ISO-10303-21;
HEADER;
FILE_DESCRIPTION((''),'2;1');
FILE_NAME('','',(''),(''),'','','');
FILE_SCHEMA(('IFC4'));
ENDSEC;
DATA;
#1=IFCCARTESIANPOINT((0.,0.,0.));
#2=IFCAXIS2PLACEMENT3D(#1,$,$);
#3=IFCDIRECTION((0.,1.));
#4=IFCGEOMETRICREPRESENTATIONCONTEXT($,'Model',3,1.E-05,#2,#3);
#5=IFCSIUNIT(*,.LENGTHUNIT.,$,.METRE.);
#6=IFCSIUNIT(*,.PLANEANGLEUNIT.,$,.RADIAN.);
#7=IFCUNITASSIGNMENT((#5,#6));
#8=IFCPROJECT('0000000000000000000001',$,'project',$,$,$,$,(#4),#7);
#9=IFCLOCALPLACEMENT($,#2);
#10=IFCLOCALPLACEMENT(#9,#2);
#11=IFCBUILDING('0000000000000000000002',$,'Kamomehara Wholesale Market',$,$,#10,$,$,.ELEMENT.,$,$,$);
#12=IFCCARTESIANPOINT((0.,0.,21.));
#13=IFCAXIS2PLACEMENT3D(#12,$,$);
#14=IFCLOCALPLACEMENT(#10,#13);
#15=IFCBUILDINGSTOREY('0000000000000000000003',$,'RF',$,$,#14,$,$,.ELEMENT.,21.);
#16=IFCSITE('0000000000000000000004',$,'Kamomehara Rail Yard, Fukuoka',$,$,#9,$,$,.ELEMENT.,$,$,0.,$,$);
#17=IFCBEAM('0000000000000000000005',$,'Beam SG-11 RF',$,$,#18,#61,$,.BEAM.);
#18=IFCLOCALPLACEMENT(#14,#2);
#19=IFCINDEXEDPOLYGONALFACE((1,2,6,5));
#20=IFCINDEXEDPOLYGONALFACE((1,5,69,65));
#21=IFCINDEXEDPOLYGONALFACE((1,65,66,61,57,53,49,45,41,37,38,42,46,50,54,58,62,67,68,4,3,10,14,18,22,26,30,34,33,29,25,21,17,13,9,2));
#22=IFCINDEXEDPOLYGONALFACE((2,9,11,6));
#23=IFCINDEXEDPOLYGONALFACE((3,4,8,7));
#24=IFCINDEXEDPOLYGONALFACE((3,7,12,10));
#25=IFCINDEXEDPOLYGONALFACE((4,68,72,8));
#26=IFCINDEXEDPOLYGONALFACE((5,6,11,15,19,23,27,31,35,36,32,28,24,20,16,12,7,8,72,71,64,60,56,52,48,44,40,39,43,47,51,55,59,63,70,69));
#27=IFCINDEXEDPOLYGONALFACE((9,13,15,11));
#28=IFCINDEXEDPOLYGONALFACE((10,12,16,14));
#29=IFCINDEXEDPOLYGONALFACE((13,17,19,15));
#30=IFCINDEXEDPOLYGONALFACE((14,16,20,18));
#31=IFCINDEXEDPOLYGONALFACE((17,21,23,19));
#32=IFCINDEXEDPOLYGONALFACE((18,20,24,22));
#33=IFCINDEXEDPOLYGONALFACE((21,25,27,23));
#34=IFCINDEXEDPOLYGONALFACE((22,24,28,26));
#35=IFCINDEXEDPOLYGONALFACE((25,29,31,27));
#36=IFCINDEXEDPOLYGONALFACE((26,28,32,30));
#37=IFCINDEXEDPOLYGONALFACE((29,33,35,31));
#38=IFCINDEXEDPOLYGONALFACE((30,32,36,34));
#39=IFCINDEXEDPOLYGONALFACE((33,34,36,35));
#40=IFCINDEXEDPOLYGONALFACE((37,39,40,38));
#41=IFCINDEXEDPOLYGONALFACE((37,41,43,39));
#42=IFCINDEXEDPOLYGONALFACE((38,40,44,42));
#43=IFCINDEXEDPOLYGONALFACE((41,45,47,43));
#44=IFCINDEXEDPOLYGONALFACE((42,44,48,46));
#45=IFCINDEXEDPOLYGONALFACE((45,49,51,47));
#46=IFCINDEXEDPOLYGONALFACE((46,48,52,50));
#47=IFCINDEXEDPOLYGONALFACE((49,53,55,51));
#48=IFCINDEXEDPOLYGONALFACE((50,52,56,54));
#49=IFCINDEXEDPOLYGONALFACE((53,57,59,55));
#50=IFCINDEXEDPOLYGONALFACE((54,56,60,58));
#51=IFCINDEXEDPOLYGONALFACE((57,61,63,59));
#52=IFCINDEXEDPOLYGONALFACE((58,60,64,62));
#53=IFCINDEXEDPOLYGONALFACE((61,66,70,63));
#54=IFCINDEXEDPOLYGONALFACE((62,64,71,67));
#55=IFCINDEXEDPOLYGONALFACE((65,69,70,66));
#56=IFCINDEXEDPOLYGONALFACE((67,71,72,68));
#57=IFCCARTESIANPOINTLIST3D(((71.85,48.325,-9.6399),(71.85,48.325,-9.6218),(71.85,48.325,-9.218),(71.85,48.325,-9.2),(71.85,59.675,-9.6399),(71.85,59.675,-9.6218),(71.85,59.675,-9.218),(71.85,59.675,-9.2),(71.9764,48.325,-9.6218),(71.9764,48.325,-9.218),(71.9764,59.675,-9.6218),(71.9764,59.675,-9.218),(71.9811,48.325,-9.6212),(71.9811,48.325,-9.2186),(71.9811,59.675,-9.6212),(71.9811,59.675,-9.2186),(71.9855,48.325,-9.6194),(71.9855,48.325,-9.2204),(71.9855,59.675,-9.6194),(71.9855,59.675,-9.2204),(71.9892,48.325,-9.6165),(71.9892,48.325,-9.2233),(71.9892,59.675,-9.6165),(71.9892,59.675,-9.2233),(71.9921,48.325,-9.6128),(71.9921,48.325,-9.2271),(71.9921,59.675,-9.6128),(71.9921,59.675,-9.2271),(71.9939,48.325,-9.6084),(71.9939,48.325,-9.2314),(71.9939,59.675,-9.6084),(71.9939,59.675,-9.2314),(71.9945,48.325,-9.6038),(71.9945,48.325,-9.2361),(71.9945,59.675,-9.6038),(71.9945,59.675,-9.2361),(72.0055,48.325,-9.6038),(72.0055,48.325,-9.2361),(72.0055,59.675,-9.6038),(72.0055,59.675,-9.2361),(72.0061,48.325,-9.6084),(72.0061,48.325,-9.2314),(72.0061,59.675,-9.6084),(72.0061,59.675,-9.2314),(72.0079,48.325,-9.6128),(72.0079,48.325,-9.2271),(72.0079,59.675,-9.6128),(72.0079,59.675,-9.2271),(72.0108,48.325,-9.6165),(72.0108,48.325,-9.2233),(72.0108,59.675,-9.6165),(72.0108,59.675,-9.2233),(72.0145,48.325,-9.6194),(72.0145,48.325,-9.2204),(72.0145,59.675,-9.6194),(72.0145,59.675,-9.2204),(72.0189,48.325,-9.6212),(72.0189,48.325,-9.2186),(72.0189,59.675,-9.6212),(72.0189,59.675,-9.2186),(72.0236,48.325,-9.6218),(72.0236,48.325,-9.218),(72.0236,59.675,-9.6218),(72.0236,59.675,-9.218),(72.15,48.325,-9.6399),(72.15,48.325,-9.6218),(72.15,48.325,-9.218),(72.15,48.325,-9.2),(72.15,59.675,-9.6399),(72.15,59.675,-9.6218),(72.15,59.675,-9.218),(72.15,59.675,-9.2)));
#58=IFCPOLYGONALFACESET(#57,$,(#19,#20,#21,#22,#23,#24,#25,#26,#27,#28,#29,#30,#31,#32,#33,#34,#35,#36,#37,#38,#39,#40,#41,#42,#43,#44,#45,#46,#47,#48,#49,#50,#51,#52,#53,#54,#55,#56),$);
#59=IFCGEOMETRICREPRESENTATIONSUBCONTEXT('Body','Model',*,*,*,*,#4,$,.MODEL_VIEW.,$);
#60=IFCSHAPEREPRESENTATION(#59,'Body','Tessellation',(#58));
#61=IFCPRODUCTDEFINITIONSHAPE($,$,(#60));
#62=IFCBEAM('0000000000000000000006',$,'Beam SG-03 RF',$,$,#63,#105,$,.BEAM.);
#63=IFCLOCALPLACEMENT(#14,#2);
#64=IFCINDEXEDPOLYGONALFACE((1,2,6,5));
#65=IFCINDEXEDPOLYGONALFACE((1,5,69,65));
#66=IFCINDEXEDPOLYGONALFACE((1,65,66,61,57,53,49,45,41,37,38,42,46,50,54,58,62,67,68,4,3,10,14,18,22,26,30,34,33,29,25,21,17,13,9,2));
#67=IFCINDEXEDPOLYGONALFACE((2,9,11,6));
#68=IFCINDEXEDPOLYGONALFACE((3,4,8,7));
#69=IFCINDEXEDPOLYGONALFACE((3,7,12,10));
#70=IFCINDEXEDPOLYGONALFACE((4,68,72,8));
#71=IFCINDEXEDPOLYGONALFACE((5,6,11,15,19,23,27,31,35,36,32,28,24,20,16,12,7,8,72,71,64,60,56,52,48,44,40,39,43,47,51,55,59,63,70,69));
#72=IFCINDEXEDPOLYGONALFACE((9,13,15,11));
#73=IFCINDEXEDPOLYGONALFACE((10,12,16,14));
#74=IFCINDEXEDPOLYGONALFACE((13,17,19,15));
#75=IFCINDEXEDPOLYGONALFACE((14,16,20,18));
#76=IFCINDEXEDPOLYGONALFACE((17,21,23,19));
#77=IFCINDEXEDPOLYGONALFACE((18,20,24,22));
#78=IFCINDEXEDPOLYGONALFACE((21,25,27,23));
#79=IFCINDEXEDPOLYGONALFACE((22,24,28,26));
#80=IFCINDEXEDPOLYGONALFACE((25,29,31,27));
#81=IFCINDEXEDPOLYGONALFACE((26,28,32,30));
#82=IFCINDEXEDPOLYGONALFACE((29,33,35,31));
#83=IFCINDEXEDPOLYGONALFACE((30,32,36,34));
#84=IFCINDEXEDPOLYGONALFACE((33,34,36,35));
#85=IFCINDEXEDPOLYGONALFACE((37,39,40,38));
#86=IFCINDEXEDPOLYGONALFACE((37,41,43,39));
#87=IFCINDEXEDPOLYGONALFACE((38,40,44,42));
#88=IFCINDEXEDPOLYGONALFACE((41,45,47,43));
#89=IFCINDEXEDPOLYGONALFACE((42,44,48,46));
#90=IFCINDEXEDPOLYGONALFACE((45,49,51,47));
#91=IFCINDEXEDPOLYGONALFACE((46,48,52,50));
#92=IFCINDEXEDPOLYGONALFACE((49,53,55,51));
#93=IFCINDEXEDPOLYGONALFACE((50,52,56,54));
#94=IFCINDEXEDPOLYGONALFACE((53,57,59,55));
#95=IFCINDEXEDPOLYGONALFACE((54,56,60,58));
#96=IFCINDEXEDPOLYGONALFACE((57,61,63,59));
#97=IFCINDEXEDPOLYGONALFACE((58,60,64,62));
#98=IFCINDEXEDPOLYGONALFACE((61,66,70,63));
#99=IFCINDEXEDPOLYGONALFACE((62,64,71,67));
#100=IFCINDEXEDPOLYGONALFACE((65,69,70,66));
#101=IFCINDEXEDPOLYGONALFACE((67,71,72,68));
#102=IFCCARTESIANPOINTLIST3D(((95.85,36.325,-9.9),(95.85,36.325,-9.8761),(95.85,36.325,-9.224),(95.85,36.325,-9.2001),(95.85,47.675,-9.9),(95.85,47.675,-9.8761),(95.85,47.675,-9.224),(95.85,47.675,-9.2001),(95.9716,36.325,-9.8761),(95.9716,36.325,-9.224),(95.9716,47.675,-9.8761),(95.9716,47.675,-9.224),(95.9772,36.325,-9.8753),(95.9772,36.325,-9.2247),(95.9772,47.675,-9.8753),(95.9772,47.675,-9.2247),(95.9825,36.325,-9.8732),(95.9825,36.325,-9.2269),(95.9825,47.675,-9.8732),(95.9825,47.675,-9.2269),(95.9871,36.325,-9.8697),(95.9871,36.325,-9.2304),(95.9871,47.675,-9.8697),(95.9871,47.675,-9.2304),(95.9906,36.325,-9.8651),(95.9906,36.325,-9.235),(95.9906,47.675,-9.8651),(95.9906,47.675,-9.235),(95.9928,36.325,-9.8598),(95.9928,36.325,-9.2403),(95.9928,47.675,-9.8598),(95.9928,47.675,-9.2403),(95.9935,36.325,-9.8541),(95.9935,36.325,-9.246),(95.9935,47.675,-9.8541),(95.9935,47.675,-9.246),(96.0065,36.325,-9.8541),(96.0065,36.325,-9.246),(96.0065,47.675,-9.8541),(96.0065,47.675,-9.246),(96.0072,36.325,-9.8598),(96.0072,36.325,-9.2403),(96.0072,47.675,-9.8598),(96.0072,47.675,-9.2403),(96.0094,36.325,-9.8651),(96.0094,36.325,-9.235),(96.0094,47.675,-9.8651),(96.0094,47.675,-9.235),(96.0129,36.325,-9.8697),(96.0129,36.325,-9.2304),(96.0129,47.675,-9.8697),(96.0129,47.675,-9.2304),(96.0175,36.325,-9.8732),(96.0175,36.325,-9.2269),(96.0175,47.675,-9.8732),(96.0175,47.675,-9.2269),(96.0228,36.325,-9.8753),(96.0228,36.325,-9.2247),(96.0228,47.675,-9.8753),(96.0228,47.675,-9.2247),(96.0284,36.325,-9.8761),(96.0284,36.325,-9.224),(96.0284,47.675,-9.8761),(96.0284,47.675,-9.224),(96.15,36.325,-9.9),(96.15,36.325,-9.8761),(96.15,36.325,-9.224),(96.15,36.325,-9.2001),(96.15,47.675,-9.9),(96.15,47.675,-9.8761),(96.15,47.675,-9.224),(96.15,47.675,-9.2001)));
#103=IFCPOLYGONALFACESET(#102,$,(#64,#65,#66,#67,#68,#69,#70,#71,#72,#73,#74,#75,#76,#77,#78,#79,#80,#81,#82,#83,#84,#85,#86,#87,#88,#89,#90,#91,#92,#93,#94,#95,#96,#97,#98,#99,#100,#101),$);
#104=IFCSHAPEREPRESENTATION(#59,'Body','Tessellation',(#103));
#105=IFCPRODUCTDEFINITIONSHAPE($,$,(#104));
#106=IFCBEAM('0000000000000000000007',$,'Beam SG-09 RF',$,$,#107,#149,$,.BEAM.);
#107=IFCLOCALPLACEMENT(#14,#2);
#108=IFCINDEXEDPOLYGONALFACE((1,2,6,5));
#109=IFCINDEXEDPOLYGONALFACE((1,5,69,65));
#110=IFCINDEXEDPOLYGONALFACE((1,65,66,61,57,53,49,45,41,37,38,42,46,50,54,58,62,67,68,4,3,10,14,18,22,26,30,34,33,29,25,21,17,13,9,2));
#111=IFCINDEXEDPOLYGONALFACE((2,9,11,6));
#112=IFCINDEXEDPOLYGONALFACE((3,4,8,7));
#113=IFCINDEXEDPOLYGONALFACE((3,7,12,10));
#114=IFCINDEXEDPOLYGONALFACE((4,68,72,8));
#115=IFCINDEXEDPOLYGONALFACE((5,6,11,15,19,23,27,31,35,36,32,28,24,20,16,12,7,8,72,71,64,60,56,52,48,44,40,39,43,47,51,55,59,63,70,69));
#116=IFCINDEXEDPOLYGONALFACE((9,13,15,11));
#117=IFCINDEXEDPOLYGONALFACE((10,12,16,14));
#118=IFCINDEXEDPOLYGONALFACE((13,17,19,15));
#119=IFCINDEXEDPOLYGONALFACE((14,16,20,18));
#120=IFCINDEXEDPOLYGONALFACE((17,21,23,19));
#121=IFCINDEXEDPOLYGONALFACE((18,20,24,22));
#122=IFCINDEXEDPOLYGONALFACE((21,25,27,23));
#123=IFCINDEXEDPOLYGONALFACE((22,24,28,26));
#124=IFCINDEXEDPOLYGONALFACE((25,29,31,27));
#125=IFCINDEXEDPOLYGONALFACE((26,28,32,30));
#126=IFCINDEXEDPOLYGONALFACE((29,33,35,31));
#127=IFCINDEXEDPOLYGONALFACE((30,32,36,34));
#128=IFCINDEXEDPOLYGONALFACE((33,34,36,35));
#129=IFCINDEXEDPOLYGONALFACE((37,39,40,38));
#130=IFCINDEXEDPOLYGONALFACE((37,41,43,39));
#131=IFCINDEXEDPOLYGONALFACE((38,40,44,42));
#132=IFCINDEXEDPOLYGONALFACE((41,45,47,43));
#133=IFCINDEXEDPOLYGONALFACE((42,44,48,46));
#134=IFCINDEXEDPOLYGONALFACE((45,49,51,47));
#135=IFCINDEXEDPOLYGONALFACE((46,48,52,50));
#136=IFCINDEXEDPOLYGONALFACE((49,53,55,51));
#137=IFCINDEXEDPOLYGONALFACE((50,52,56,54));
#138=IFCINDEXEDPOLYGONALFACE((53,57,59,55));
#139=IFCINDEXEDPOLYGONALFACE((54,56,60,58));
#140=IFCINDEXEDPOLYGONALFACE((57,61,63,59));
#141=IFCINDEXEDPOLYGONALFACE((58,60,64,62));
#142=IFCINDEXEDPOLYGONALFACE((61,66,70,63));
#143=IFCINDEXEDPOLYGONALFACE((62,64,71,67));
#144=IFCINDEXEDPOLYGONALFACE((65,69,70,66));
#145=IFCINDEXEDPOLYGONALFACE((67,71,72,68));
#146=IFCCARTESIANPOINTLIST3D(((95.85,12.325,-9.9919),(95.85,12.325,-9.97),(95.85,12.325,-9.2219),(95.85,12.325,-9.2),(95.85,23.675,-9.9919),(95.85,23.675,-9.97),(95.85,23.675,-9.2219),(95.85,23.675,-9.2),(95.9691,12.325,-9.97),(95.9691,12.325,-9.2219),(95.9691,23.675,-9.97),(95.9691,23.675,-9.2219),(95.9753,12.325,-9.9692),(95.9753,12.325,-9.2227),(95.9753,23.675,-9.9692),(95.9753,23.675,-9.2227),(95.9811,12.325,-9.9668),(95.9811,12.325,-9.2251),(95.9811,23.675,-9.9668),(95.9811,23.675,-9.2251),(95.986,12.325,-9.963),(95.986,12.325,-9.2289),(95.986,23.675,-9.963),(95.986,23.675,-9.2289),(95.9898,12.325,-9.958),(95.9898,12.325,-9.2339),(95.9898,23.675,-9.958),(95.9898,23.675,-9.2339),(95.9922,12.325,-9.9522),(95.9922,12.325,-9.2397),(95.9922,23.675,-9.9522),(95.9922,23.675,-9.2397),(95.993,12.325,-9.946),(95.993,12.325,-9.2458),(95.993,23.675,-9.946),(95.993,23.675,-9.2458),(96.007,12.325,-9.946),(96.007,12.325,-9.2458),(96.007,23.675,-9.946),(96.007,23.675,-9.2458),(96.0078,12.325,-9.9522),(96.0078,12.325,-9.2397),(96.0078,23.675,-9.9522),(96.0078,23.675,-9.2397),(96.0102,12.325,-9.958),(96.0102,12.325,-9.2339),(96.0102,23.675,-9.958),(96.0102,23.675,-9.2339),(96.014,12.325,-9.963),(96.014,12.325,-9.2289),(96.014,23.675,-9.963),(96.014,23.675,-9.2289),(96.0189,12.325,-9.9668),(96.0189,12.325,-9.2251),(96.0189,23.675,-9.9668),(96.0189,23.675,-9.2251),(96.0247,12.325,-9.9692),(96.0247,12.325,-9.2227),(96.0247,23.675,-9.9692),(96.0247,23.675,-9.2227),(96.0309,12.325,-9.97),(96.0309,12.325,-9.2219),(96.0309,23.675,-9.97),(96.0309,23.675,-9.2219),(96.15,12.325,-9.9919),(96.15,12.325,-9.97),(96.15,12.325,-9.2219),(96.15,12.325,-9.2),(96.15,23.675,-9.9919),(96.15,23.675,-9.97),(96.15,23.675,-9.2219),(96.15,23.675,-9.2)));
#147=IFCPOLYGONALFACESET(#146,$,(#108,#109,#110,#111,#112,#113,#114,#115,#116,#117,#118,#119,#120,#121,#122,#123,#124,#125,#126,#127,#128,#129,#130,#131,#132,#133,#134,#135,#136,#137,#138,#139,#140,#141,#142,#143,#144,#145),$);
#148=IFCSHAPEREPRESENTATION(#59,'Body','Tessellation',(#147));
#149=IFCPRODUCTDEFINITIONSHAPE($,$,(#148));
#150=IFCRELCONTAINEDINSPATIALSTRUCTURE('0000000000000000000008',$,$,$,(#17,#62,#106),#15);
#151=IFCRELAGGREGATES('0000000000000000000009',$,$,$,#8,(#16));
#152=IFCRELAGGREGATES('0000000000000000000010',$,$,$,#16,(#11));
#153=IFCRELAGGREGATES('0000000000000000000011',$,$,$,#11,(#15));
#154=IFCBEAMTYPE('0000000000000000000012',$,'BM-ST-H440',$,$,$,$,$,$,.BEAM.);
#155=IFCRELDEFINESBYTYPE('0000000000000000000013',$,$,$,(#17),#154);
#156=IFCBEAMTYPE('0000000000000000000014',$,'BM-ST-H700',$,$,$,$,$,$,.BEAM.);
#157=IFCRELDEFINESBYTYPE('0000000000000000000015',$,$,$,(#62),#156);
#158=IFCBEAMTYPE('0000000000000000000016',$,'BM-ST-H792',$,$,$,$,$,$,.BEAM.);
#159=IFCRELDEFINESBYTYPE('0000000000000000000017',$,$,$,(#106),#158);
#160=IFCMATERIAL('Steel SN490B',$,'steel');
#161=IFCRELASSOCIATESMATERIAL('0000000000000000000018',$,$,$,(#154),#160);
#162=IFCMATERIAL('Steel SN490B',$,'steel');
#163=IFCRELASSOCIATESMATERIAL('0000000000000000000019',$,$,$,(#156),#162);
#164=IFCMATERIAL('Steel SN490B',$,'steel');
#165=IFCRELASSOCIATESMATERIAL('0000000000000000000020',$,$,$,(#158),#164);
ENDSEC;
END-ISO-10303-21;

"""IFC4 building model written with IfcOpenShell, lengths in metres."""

from ifc_helpers import new_model, si_unit, direction, frame, origin, origin_2d, place, context, subcontext, project, spatial, i_section, extrude, material, material_profile, profile_set, type_object, element, save


model = new_model("IFC4")

# Units and contexts
model_context = context("Model", 3, precision=1e-05, world=origin(), true_north=direction((0.0, 1.0)))
body_context = subcontext(model_context, "Body", "Model", "MODEL_VIEW")
ifc_project = project(units=[si_unit("LENGTHUNIT", "METRE"), si_unit("PLANEANGLEUNIT", "RADIAN")], contexts=[model_context])

# Site, building, storey
site_placement = place(None, origin())
site = spatial("IfcSite", under=ifc_project, at=site_placement, Name="Kamomehara Rail Yard, Fukuoka", CompositionType="ELEMENT", RefElevation=0.0)
building_placement = place(site_placement, origin())
building = spatial("IfcBuilding", under=site, at=building_placement, Name="Kamomehara Wholesale Market", CompositionType="ELEMENT")
storey_placement = place(building_placement, frame((0.0, 0.0, 21.0)))
storey = spatial("IfcBuildingStorey", under=building, at=storey_placement, Name="RF", CompositionType="ELEMENT", Elevation=21.0)

# Beams
ifc_material_1 = material(Name="Steel SN490B", Category="steel")
ifc_material_profile_1 = material_profile(ifc_material_1, i_section(OverallWidth=0.3, OverallDepth=0.4399, WebThickness=0.011, FlangeThickness=0.0181, FilletRadius=0.0181, at=origin_2d()), Name="H-440x300x11x18")
ifc_profile_set_1 = profile_set([ifc_material_profile_1], Name="Steel SN490B")
beam_type_1 = type_object("IfcBeamType", Name="BM-ST-H440", PredefinedType="BEAM", material=ifc_profile_set_1)
for number, where, z_axis, x_axis, name in (
    (1, (72.0, 48.325, -9.4199), (0.0, 1.0, 0.0), (-1.0, 0.0, 0.0), "Beam SG-11 RF"),
):
    element("IfcBeam", number, at=place(storey_placement, frame(where, z_axis=z_axis, x_axis=x_axis)), inside=storey, type_object=beam_type_1, Name=name, PredefinedType="BEAM", context=body_context, shape_type="SweptSolid", body=[
        extrude(i_section(OverallWidth=0.3, OverallDepth=0.4399, WebThickness=0.011, FlangeThickness=0.0181, FilletRadius=0.0181, at=origin_2d()), origin(), (0.0, 0.0, 1.0), 11.3501),
    ])
ifc_material_2 = material(Name="Steel SN490B", Category="steel")
ifc_material_profile_2 = material_profile(ifc_material_2, i_section(OverallWidth=0.3, OverallDepth=0.7, WebThickness=0.0129, FlangeThickness=0.0239, FilletRadius=0.022, at=origin_2d()), Name="H-700x300x13x24")
ifc_profile_set_2 = profile_set([ifc_material_profile_2], Name="Steel SN490B")
beam_type_2 = type_object("IfcBeamType", Name="BM-ST-H700", PredefinedType="BEAM", material=ifc_profile_set_2)
beam_1_placement = place(storey_placement, frame((96.0, 36.325, -9.55), z_axis=(0.0, 1.0, 0.0), x_axis=(-1.0, 0.0, 0.0)))
element("IfcBeam", 2, at=beam_1_placement, inside=storey, type_object=beam_type_2, Name="Beam SG-03 RF", PredefinedType="BEAM", context=body_context, shape_type="SweptSolid", body=[
    extrude(i_section(OverallWidth=0.3, OverallDepth=0.7, WebThickness=0.0129, FlangeThickness=0.0239, FilletRadius=0.022, at=origin_2d()), origin(), (0.0, 0.0, 1.0), 11.3501),
])
ifc_material_3 = material(Name="Steel SN490B", Category="steel")
ifc_material_profile_3 = material_profile(ifc_material_3, i_section(OverallWidth=0.3, OverallDepth=0.792, WebThickness=0.0139, FlangeThickness=0.022, FilletRadius=0.0239, at=origin_2d()), Name="H-792x300x14x22")
ifc_profile_set_3 = profile_set([ifc_material_profile_3], Name="Steel SN490B")
beam_type_3 = type_object("IfcBeamType", Name="BM-ST-H792", PredefinedType="BEAM", material=ifc_profile_set_3)
beam_2_placement = place(storey_placement, frame((96.0, 12.325, -9.5959), z_axis=(0.0, 1.0, 0.0), x_axis=(-1.0, 0.0, 0.0)))
element("IfcBeam", 3, at=beam_2_placement, inside=storey, type_object=beam_type_3, Name="Beam SG-09 RF", PredefinedType="BEAM", context=body_context, shape_type="SweptSolid", body=[
    extrude(i_section(OverallWidth=0.3, OverallDepth=0.792, WebThickness=0.0139, FlangeThickness=0.022, FilletRadius=0.0239, at=origin_2d()), origin(), (0.0, 0.0, 1.0), 11.3501),
])

save(model, "model.ifc")
